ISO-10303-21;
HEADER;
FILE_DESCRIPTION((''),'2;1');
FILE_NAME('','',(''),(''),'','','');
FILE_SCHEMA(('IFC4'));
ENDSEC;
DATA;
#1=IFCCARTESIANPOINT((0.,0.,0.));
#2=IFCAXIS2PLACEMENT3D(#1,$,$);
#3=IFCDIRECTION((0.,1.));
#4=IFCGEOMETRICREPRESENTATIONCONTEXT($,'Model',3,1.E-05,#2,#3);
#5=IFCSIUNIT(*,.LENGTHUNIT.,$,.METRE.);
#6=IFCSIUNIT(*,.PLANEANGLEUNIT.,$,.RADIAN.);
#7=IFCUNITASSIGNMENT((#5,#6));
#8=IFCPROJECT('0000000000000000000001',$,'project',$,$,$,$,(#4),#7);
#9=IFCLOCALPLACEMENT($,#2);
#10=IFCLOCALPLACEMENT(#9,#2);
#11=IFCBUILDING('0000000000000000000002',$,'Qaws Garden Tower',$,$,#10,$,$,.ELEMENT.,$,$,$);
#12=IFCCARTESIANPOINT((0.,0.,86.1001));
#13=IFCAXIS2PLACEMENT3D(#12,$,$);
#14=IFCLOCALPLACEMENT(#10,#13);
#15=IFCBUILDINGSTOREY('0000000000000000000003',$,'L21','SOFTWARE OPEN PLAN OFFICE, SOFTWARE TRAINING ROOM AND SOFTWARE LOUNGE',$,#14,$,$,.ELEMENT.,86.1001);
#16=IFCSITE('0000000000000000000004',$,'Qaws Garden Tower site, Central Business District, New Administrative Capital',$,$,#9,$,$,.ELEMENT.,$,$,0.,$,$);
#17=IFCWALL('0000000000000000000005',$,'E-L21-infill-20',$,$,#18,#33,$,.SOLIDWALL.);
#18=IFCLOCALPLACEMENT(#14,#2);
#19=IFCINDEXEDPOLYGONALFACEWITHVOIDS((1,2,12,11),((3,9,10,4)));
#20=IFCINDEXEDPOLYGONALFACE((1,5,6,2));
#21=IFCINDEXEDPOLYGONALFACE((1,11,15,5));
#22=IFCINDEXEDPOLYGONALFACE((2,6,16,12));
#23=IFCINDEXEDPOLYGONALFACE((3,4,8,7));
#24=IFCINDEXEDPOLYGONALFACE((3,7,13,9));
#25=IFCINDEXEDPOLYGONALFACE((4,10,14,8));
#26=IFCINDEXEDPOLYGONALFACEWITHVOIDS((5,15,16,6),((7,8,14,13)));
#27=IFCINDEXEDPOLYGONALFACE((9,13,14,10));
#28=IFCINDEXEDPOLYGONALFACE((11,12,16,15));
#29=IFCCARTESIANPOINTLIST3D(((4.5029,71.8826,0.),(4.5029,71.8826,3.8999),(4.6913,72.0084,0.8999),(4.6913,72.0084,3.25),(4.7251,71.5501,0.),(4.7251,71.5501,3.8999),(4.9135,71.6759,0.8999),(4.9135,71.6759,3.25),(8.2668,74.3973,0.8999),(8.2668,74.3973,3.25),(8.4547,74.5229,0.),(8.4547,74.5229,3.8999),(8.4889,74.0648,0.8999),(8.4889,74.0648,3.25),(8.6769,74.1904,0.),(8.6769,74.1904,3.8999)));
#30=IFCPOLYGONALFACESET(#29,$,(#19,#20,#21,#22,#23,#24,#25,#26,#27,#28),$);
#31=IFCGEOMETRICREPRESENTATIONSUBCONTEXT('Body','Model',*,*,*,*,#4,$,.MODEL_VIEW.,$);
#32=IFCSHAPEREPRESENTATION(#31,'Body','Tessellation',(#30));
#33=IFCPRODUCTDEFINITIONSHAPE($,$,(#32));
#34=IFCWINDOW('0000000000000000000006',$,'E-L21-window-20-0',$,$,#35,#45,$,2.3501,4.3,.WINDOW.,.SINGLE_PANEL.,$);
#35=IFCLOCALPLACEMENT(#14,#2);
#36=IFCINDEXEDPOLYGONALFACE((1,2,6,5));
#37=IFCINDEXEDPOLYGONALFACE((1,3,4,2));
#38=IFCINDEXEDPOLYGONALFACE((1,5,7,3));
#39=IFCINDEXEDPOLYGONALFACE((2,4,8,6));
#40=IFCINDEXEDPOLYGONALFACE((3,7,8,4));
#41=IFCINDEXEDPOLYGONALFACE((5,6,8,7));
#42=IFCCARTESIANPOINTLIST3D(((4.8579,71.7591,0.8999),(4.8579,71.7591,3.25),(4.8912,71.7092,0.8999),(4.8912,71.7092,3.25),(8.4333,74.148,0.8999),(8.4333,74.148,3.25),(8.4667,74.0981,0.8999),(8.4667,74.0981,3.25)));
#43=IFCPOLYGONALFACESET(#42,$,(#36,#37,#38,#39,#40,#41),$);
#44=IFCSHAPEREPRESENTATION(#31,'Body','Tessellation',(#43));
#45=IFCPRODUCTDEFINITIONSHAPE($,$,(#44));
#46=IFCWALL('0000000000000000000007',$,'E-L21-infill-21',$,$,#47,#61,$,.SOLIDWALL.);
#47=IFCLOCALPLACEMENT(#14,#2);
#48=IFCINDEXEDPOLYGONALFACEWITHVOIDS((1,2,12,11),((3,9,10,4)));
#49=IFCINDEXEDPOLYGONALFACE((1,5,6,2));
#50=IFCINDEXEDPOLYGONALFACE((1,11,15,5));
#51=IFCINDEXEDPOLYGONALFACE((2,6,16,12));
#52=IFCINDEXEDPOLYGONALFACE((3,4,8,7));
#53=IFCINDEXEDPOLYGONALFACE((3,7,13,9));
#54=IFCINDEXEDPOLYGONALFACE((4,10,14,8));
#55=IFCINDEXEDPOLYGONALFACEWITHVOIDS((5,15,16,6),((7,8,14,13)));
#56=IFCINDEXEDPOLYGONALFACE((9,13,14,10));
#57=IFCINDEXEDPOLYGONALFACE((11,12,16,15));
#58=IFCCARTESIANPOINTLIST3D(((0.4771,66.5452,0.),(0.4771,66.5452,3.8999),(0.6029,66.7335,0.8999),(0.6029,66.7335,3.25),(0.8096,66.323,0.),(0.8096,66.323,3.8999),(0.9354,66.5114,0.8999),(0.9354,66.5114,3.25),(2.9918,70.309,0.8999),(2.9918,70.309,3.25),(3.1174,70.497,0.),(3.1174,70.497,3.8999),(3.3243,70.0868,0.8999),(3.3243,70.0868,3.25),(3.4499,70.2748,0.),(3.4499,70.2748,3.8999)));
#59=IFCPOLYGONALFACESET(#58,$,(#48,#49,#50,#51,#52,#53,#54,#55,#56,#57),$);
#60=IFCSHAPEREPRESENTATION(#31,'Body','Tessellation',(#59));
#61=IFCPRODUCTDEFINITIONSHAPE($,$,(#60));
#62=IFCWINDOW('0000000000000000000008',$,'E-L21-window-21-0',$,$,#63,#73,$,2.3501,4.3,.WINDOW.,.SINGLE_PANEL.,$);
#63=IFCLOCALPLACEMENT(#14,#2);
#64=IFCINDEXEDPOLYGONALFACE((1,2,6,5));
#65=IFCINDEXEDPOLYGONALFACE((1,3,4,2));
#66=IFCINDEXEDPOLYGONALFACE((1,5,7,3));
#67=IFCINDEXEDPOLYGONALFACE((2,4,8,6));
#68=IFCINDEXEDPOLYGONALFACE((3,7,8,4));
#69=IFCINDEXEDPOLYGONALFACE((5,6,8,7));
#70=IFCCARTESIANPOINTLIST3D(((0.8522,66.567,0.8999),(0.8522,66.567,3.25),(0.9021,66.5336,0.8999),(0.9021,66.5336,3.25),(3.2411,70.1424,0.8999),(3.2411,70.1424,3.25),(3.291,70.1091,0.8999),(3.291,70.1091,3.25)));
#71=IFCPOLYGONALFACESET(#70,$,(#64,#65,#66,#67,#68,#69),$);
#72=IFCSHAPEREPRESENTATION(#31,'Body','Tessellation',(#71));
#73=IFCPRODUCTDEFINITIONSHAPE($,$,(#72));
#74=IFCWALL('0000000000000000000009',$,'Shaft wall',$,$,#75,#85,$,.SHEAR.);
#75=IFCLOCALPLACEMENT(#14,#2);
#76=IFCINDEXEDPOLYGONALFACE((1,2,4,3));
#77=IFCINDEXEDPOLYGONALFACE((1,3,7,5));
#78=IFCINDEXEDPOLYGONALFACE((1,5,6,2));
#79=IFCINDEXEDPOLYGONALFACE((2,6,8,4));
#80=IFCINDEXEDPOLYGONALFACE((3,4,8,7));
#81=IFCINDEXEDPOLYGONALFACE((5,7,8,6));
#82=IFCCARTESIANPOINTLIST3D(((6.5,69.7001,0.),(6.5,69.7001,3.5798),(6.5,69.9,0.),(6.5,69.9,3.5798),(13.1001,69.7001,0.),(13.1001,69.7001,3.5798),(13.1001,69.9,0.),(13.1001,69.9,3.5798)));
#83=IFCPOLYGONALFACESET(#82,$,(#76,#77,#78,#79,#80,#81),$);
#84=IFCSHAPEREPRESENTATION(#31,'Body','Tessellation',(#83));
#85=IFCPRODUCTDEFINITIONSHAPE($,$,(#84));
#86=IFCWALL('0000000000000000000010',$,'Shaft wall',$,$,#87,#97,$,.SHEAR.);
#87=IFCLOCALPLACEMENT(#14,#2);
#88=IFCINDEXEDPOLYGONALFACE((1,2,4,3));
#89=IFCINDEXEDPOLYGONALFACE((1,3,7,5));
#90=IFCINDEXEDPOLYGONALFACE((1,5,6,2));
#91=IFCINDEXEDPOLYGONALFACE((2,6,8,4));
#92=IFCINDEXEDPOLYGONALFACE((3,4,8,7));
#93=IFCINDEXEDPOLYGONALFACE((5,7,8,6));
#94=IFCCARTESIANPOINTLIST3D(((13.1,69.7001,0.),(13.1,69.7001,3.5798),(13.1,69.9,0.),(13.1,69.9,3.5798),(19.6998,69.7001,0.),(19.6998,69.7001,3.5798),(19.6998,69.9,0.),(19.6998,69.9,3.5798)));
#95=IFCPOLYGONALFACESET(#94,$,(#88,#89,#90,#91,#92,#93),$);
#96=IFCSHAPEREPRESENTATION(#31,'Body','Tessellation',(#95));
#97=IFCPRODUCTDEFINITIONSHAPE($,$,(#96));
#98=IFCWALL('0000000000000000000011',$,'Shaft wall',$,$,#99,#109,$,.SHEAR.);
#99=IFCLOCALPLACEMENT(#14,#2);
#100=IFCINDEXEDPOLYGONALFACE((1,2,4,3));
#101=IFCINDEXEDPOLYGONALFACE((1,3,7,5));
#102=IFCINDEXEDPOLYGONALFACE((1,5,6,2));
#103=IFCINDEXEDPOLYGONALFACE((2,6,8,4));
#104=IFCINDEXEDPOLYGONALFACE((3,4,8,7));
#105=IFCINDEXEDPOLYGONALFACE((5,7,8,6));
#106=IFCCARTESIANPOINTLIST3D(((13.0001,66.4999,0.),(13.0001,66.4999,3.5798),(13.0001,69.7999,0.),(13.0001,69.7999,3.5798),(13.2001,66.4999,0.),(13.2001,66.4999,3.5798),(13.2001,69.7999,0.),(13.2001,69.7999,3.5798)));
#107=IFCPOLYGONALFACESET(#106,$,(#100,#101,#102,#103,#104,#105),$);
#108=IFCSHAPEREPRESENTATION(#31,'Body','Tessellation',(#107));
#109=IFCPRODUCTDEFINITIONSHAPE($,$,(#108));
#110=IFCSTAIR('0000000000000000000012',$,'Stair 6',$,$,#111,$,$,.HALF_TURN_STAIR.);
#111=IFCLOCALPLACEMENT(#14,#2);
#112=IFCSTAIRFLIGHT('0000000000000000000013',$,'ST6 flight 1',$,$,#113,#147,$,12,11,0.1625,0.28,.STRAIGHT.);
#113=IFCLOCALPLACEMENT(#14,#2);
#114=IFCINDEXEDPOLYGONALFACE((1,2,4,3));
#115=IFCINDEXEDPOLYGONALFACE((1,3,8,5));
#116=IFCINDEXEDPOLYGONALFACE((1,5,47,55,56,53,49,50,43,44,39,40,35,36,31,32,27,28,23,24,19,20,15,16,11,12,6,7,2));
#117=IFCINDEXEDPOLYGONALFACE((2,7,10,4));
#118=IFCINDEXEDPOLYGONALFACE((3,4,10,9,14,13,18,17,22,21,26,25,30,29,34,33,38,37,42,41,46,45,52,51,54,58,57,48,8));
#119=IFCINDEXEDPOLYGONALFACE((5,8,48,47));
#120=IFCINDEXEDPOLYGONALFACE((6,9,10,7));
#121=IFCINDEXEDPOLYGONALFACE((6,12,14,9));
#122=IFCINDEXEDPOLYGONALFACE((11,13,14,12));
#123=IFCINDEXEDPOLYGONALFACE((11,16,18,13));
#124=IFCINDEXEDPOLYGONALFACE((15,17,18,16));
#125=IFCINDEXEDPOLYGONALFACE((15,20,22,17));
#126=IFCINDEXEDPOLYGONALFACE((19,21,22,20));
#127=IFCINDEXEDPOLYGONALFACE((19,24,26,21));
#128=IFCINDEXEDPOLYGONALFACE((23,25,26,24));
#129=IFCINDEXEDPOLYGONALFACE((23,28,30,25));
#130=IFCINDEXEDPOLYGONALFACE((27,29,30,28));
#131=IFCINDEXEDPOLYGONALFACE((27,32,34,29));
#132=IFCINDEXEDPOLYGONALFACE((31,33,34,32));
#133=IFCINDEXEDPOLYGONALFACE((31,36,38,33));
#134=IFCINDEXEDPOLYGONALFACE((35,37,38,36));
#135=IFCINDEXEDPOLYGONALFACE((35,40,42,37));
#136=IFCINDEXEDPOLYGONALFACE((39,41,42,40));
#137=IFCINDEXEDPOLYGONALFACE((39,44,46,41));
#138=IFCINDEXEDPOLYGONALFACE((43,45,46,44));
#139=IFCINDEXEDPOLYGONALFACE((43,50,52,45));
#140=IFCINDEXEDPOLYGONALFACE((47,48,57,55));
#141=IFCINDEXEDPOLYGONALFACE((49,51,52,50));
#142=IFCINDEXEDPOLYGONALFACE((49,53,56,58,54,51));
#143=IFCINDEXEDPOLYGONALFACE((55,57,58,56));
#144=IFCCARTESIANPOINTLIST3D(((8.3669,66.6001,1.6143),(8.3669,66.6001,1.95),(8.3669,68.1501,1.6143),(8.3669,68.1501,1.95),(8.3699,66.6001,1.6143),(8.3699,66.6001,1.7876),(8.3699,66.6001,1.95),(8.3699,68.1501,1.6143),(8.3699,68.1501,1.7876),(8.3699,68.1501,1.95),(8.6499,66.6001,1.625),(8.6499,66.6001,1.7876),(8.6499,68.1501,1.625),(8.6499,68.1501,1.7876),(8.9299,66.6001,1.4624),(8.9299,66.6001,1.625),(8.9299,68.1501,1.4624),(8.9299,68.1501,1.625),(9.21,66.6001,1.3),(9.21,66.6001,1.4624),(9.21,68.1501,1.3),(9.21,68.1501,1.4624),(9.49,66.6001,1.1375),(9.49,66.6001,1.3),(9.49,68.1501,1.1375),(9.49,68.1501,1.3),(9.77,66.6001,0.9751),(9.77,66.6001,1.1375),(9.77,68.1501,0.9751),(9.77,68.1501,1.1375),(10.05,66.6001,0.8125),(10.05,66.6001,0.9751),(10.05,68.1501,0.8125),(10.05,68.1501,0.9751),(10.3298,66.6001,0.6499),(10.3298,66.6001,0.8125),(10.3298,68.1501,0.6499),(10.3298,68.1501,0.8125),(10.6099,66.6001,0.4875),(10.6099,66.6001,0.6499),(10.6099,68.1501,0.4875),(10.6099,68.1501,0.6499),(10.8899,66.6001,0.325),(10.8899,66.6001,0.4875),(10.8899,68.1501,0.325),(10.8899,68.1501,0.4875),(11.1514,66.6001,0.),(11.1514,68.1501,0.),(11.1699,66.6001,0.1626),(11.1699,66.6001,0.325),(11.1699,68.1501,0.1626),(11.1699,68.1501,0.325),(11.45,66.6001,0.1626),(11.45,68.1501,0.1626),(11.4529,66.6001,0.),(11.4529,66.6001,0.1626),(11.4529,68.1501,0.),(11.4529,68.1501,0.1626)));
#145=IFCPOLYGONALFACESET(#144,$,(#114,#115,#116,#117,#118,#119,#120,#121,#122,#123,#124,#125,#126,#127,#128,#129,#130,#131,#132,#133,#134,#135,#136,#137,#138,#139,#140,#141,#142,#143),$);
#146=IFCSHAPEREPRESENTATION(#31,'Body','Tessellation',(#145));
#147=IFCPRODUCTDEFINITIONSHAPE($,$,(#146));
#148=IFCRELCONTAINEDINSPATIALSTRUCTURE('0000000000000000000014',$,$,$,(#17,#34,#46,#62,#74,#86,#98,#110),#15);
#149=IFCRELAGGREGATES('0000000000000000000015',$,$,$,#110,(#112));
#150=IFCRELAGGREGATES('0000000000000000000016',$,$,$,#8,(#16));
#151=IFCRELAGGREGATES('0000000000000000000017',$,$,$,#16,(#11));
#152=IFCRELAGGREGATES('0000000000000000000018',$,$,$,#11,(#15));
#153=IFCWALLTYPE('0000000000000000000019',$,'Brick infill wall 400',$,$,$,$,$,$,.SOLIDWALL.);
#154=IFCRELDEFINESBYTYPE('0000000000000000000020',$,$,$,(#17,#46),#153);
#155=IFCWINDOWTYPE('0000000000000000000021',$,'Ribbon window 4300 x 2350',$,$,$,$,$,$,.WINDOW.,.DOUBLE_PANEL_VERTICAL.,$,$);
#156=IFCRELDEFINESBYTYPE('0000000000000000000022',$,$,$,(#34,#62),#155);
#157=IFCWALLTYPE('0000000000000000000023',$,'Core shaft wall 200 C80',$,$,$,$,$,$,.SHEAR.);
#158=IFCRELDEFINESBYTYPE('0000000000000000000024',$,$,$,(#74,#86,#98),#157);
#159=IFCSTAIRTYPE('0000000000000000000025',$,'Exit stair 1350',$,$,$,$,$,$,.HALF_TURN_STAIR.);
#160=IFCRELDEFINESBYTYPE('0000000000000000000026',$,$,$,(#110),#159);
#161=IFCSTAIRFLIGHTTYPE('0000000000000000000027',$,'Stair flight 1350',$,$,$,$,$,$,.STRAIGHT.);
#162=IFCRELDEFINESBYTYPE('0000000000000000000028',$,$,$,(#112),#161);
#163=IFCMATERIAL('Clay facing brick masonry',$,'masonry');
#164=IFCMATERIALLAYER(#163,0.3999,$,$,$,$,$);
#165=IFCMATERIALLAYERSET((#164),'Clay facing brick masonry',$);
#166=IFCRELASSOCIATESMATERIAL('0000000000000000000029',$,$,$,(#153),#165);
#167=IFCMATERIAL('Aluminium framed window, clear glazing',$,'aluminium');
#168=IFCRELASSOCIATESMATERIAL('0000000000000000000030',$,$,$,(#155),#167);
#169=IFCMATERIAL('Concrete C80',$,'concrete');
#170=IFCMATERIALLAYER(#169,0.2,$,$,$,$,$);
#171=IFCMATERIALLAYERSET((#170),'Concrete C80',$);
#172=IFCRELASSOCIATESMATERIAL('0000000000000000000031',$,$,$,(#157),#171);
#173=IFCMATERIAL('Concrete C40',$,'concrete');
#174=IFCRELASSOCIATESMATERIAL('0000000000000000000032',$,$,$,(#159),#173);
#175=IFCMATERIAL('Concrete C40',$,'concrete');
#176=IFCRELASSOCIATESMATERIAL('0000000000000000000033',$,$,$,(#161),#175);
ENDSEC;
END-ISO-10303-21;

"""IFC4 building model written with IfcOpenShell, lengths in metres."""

from ifc_helpers import new_model, si_unit, direction, frame, frame_2d, origin, place, context, subcontext, project, spatial, polyline, rectangle, outline, extrude, material, layer, layer_set, type_object, element, fill, aggregate, save


model = new_model("IFC4")

# Units and contexts
model_context = context("Model", 3, precision=1e-05, world=origin(), true_north=direction((0.0, 1.0)))
body_context = subcontext(model_context, "Body", "Model", "MODEL_VIEW")
ifc_project = project(units=[si_unit("LENGTHUNIT", "METRE"), si_unit("PLANEANGLEUNIT", "RADIAN")], contexts=[model_context])

# Site, building, storey
site_placement = place(None, origin())
site = spatial("IfcSite", under=ifc_project, at=site_placement, Name="Qaws Garden Tower site, Central Business District, New Administrative Capital", CompositionType="ELEMENT", RefElevation=0.0)
building_placement = place(site_placement, origin())
building = spatial("IfcBuilding", under=site, at=building_placement, Name="Qaws Garden Tower", CompositionType="ELEMENT")
storey_placement = place(building_placement, frame((0.0, 0.0, 86.1001)))
storey = spatial("IfcBuildingStorey", under=building, at=storey_placement, Name="L21", Description="SOFTWARE OPEN PLAN OFFICE, SOFTWARE TRAINING ROOM AND SOFTWARE LOUNGE", CompositionType="ELEMENT", Elevation=86.1001)

# Walls, openings, windows
ifc_material_1 = material(Name="Clay facing brick masonry", Category="masonry")
ifc_layer_1 = layer(ifc_material_1, 0.3999)
ifc_layer_set_1 = layer_set([ifc_layer_1], Name="Clay facing brick masonry")
wall_type_1 = type_object("IfcWallType", Name="Brick infill wall 400", PredefinedType="SOLIDWALL", material=ifc_layer_set_1)
ifc_material_2 = material(Name="Aluminium framed window, clear glazing", Category="aluminium")
window_type = type_object("IfcWindowType", Name="Ribbon window 4300 x 2350", PartitioningType="DOUBLE_PANEL_VERTICAL", PredefinedType="WINDOW", material=ifc_material_2)
wall_1_placement = place(storey_placement, frame((8.5659, 74.3567, 0.0), z_axis=(0.0, 0.0, 1.0), x_axis=(-0.831489, -0.555542, 0.0)))
wall_1 = element("IfcWall", 1, at=wall_1_placement, inside=storey, type_object=wall_type_1, Name="E-L21-infill-20", PredefinedType="SOLIDWALL", context=body_context, shape_type="SweptSolid", body=[
    extrude(rectangle(XDim=4.7527, YDim=0.3999, at=frame_2d((2.3765, 0.0))), origin(), (0.0, 0.0, 1.0), 3.8999),
])
opening_1_placement = place(wall_1_placement, frame((0.2263, 0.0, 0.8999)))
opening_1 = element("IfcOpeningElement", 2, at=opening_1_placement, cuts=wall_1, PredefinedType="OPENING", context=body_context, shape_type="SweptSolid", body=[
    extrude(rectangle(XDim=4.3, YDim=2.3501, at=frame_2d((2.1499, 1.175))), frame((0.0, 0.21, 0.0), z_axis=(0.0, -1.0, 0.0), x_axis=(1.0, 0.0, 0.0)), (0.0, 0.0, 1.0), 0.4199),
])
window_1_placement = place(opening_1_placement, origin())
window_1 = element("IfcWindow", 3, at=window_1_placement, inside=storey, type_object=window_type, Name="E-L21-window-20-0", OverallHeight=2.3501, OverallWidth=4.3, PartitioningType="SINGLE_PANEL", PredefinedType="WINDOW", context=body_context, shape_type="SweptSolid", body=[
    extrude(rectangle(XDim=4.3, YDim=2.3501, at=frame_2d((2.1499, 1.175))), frame((0.0, 0.1599, 0.0), z_axis=(0.0, -1.0, 0.0), x_axis=(1.0, 0.0, 0.0)), (0.0, 0.0, 1.0), 0.0601),
])
fill(opening_1, window_1)
wall_2_placement = place(storey_placement, frame((3.2837, 70.386, 0.0), z_axis=(0.0, 0.0, 1.0), x_axis=(-0.555542, -0.831489, 0.0)))
wall_2 = element("IfcWall", 4, at=wall_2_placement, inside=storey, type_object=wall_type_1, Name="E-L21-infill-21", PredefinedType="SOLIDWALL", context=body_context, shape_type="SweptSolid", body=[
    extrude(rectangle(XDim=4.7527, YDim=0.3999, at=frame_2d((2.3765, 0.0))), origin(), (0.0, 0.0, 1.0), 3.8999),
])
opening_2_placement = place(wall_2_placement, frame((0.2263, 0.0, 0.8999)))
opening_2 = element("IfcOpeningElement", 5, at=opening_2_placement, cuts=wall_2, PredefinedType="OPENING", context=body_context, shape_type="SweptSolid", body=[
    extrude(rectangle(XDim=4.3, YDim=2.3501, at=frame_2d((2.1499, 1.175))), frame((0.0, 0.21, 0.0), z_axis=(0.0, -1.0, 0.0), x_axis=(1.0, 0.0, 0.0)), (0.0, 0.0, 1.0), 0.4199),
])
window_2_placement = place(opening_2_placement, origin())
window_2 = element("IfcWindow", 6, at=window_2_placement, inside=storey, type_object=window_type, Name="E-L21-window-21-0", OverallHeight=2.3501, OverallWidth=4.3, PartitioningType="SINGLE_PANEL", PredefinedType="WINDOW", context=body_context, shape_type="SweptSolid", body=[
    extrude(rectangle(XDim=4.3, YDim=2.3501, at=frame_2d((2.1499, 1.175))), frame((0.0, 0.1599, 0.0), z_axis=(0.0, -1.0, 0.0), x_axis=(1.0, 0.0, 0.0)), (0.0, 0.0, 1.0), 0.0601),
])
fill(opening_2, window_2)

# Walls
ifc_material_3 = material(Name="Concrete C80", Category="concrete")
ifc_layer_2 = layer(ifc_material_3, 0.2)
ifc_layer_set_2 = layer_set([ifc_layer_2], Name="Concrete C80")
wall_type_2 = type_object("IfcWallType", Name="Core shaft wall 200 C80", PredefinedType="SHEAR", material=ifc_layer_set_2)
wall_3_placement = place(storey_placement, frame((6.5, 69.8, 0.0), z_axis=(0.0, 0.0, 1.0), x_axis=(1.0, 0.0, 0.0)))
element("IfcWall", 7, at=wall_3_placement, inside=storey, type_object=wall_type_2, Name="Shaft wall", PredefinedType="SHEAR", context=body_context, shape_type="SweptSolid", body=[
    extrude(rectangle(XDim=6.6001, YDim=0.2, at=frame_2d((3.3, 0.0))), origin(), (0.0, 0.0, 1.0), 3.5798),
])
wall_4_placement = place(storey_placement, frame((13.1001, 69.8, 0.0), z_axis=(0.0, 0.0, 1.0), x_axis=(1.0, 0.0, 0.0)))
element("IfcWall", 8, at=wall_4_placement, inside=storey, type_object=wall_type_2, Name="Shaft wall", PredefinedType="SHEAR", context=body_context, shape_type="SweptSolid", body=[
    extrude(rectangle(XDim=6.5999, YDim=0.2, at=frame_2d((3.2998, 0.0))), origin(), (0.0, 0.0, 1.0), 3.5798),
])
wall_5_placement = place(storey_placement, frame((13.1001, 66.5, 0.0), z_axis=(0.0, 0.0, 1.0), x_axis=(0.0, 1.0, 0.0)))
element("IfcWall", 9, at=wall_5_placement, inside=storey, type_object=wall_type_2, Name="Shaft wall", PredefinedType="SHEAR", context=body_context, shape_type="SweptSolid", body=[
    extrude(rectangle(XDim=3.3, YDim=0.2, at=frame_2d((1.6499, 0.0))), origin(), (0.0, 0.0, 1.0), 3.5798),
])

# Stair, stair flight
ifc_material_4 = material(Name="Concrete C40", Category="concrete")
stair_type = type_object("IfcStairType", Name="Exit stair 1350", PredefinedType="HALF_TURN_STAIR", material=ifc_material_4)
placement = place(storey_placement, origin())
stair_1 = element("IfcStair", 10, at=placement, inside=storey, type_object=stair_type, Name="Stair 6", PredefinedType="HALF_TURN_STAIR")
ifc_material_5 = material(Name="Concrete C40", Category="concrete")
stair_flight_type = type_object("IfcStairFlightType", Name="Stair flight 1350", PredefinedType="STRAIGHT", material=ifc_material_5)
stair_flight_1_placement = place(storey_placement, frame((11.45, 67.375, 0.0), z_axis=(0.0, 0.0, 1.0), x_axis=(-1.0, 0.0, 0.0)))
stair_flight_1 = element("IfcStairFlight", 11, at=stair_flight_1_placement, type_object=stair_flight_type, Name="ST6 flight 1", NumberOfRisers=12, NumberOfTreads=11, PredefinedType="STRAIGHT", RiserHeight=0.1625, TreadLength=0.28, context=body_context, shape_type="SweptSolid", body=[
    extrude(outline(polyline([(-0.0029, 0.0), (-0.0029, 0.1626), (0.0, 0.1626), (0.28, 0.1626), (0.28, 0.325), (0.5601, 0.325), (0.5601, 0.4875), (0.8401, 0.4875), (0.8401, 0.6499), (1.1201, 0.6499), (1.1201, 0.8125), (1.3999, 0.8125), (1.3999, 0.9751), (1.6799, 0.9751), (1.6799, 1.1375), (1.96, 1.1375), (1.96, 1.3), (2.24, 1.3), (2.24, 1.4624), (2.52, 1.4624), (2.52, 1.625), (2.8, 1.625), (2.8, 1.7876), (3.0801, 1.7876), (3.0801, 1.95), (3.083, 1.95), (3.083, 1.6143), (3.0801, 1.6143), (0.2986, 0.0), (-0.0029, 0.0)])), frame((0.0, 0.7749, 0.0), z_axis=(0.0, -1.0, 0.0), x_axis=(1.0, 0.0, 0.0)), (0.0, 0.0, 1.0), 1.55),
])
aggregate(stair_1, [stair_flight_1])

save(model, "model.ifc")
